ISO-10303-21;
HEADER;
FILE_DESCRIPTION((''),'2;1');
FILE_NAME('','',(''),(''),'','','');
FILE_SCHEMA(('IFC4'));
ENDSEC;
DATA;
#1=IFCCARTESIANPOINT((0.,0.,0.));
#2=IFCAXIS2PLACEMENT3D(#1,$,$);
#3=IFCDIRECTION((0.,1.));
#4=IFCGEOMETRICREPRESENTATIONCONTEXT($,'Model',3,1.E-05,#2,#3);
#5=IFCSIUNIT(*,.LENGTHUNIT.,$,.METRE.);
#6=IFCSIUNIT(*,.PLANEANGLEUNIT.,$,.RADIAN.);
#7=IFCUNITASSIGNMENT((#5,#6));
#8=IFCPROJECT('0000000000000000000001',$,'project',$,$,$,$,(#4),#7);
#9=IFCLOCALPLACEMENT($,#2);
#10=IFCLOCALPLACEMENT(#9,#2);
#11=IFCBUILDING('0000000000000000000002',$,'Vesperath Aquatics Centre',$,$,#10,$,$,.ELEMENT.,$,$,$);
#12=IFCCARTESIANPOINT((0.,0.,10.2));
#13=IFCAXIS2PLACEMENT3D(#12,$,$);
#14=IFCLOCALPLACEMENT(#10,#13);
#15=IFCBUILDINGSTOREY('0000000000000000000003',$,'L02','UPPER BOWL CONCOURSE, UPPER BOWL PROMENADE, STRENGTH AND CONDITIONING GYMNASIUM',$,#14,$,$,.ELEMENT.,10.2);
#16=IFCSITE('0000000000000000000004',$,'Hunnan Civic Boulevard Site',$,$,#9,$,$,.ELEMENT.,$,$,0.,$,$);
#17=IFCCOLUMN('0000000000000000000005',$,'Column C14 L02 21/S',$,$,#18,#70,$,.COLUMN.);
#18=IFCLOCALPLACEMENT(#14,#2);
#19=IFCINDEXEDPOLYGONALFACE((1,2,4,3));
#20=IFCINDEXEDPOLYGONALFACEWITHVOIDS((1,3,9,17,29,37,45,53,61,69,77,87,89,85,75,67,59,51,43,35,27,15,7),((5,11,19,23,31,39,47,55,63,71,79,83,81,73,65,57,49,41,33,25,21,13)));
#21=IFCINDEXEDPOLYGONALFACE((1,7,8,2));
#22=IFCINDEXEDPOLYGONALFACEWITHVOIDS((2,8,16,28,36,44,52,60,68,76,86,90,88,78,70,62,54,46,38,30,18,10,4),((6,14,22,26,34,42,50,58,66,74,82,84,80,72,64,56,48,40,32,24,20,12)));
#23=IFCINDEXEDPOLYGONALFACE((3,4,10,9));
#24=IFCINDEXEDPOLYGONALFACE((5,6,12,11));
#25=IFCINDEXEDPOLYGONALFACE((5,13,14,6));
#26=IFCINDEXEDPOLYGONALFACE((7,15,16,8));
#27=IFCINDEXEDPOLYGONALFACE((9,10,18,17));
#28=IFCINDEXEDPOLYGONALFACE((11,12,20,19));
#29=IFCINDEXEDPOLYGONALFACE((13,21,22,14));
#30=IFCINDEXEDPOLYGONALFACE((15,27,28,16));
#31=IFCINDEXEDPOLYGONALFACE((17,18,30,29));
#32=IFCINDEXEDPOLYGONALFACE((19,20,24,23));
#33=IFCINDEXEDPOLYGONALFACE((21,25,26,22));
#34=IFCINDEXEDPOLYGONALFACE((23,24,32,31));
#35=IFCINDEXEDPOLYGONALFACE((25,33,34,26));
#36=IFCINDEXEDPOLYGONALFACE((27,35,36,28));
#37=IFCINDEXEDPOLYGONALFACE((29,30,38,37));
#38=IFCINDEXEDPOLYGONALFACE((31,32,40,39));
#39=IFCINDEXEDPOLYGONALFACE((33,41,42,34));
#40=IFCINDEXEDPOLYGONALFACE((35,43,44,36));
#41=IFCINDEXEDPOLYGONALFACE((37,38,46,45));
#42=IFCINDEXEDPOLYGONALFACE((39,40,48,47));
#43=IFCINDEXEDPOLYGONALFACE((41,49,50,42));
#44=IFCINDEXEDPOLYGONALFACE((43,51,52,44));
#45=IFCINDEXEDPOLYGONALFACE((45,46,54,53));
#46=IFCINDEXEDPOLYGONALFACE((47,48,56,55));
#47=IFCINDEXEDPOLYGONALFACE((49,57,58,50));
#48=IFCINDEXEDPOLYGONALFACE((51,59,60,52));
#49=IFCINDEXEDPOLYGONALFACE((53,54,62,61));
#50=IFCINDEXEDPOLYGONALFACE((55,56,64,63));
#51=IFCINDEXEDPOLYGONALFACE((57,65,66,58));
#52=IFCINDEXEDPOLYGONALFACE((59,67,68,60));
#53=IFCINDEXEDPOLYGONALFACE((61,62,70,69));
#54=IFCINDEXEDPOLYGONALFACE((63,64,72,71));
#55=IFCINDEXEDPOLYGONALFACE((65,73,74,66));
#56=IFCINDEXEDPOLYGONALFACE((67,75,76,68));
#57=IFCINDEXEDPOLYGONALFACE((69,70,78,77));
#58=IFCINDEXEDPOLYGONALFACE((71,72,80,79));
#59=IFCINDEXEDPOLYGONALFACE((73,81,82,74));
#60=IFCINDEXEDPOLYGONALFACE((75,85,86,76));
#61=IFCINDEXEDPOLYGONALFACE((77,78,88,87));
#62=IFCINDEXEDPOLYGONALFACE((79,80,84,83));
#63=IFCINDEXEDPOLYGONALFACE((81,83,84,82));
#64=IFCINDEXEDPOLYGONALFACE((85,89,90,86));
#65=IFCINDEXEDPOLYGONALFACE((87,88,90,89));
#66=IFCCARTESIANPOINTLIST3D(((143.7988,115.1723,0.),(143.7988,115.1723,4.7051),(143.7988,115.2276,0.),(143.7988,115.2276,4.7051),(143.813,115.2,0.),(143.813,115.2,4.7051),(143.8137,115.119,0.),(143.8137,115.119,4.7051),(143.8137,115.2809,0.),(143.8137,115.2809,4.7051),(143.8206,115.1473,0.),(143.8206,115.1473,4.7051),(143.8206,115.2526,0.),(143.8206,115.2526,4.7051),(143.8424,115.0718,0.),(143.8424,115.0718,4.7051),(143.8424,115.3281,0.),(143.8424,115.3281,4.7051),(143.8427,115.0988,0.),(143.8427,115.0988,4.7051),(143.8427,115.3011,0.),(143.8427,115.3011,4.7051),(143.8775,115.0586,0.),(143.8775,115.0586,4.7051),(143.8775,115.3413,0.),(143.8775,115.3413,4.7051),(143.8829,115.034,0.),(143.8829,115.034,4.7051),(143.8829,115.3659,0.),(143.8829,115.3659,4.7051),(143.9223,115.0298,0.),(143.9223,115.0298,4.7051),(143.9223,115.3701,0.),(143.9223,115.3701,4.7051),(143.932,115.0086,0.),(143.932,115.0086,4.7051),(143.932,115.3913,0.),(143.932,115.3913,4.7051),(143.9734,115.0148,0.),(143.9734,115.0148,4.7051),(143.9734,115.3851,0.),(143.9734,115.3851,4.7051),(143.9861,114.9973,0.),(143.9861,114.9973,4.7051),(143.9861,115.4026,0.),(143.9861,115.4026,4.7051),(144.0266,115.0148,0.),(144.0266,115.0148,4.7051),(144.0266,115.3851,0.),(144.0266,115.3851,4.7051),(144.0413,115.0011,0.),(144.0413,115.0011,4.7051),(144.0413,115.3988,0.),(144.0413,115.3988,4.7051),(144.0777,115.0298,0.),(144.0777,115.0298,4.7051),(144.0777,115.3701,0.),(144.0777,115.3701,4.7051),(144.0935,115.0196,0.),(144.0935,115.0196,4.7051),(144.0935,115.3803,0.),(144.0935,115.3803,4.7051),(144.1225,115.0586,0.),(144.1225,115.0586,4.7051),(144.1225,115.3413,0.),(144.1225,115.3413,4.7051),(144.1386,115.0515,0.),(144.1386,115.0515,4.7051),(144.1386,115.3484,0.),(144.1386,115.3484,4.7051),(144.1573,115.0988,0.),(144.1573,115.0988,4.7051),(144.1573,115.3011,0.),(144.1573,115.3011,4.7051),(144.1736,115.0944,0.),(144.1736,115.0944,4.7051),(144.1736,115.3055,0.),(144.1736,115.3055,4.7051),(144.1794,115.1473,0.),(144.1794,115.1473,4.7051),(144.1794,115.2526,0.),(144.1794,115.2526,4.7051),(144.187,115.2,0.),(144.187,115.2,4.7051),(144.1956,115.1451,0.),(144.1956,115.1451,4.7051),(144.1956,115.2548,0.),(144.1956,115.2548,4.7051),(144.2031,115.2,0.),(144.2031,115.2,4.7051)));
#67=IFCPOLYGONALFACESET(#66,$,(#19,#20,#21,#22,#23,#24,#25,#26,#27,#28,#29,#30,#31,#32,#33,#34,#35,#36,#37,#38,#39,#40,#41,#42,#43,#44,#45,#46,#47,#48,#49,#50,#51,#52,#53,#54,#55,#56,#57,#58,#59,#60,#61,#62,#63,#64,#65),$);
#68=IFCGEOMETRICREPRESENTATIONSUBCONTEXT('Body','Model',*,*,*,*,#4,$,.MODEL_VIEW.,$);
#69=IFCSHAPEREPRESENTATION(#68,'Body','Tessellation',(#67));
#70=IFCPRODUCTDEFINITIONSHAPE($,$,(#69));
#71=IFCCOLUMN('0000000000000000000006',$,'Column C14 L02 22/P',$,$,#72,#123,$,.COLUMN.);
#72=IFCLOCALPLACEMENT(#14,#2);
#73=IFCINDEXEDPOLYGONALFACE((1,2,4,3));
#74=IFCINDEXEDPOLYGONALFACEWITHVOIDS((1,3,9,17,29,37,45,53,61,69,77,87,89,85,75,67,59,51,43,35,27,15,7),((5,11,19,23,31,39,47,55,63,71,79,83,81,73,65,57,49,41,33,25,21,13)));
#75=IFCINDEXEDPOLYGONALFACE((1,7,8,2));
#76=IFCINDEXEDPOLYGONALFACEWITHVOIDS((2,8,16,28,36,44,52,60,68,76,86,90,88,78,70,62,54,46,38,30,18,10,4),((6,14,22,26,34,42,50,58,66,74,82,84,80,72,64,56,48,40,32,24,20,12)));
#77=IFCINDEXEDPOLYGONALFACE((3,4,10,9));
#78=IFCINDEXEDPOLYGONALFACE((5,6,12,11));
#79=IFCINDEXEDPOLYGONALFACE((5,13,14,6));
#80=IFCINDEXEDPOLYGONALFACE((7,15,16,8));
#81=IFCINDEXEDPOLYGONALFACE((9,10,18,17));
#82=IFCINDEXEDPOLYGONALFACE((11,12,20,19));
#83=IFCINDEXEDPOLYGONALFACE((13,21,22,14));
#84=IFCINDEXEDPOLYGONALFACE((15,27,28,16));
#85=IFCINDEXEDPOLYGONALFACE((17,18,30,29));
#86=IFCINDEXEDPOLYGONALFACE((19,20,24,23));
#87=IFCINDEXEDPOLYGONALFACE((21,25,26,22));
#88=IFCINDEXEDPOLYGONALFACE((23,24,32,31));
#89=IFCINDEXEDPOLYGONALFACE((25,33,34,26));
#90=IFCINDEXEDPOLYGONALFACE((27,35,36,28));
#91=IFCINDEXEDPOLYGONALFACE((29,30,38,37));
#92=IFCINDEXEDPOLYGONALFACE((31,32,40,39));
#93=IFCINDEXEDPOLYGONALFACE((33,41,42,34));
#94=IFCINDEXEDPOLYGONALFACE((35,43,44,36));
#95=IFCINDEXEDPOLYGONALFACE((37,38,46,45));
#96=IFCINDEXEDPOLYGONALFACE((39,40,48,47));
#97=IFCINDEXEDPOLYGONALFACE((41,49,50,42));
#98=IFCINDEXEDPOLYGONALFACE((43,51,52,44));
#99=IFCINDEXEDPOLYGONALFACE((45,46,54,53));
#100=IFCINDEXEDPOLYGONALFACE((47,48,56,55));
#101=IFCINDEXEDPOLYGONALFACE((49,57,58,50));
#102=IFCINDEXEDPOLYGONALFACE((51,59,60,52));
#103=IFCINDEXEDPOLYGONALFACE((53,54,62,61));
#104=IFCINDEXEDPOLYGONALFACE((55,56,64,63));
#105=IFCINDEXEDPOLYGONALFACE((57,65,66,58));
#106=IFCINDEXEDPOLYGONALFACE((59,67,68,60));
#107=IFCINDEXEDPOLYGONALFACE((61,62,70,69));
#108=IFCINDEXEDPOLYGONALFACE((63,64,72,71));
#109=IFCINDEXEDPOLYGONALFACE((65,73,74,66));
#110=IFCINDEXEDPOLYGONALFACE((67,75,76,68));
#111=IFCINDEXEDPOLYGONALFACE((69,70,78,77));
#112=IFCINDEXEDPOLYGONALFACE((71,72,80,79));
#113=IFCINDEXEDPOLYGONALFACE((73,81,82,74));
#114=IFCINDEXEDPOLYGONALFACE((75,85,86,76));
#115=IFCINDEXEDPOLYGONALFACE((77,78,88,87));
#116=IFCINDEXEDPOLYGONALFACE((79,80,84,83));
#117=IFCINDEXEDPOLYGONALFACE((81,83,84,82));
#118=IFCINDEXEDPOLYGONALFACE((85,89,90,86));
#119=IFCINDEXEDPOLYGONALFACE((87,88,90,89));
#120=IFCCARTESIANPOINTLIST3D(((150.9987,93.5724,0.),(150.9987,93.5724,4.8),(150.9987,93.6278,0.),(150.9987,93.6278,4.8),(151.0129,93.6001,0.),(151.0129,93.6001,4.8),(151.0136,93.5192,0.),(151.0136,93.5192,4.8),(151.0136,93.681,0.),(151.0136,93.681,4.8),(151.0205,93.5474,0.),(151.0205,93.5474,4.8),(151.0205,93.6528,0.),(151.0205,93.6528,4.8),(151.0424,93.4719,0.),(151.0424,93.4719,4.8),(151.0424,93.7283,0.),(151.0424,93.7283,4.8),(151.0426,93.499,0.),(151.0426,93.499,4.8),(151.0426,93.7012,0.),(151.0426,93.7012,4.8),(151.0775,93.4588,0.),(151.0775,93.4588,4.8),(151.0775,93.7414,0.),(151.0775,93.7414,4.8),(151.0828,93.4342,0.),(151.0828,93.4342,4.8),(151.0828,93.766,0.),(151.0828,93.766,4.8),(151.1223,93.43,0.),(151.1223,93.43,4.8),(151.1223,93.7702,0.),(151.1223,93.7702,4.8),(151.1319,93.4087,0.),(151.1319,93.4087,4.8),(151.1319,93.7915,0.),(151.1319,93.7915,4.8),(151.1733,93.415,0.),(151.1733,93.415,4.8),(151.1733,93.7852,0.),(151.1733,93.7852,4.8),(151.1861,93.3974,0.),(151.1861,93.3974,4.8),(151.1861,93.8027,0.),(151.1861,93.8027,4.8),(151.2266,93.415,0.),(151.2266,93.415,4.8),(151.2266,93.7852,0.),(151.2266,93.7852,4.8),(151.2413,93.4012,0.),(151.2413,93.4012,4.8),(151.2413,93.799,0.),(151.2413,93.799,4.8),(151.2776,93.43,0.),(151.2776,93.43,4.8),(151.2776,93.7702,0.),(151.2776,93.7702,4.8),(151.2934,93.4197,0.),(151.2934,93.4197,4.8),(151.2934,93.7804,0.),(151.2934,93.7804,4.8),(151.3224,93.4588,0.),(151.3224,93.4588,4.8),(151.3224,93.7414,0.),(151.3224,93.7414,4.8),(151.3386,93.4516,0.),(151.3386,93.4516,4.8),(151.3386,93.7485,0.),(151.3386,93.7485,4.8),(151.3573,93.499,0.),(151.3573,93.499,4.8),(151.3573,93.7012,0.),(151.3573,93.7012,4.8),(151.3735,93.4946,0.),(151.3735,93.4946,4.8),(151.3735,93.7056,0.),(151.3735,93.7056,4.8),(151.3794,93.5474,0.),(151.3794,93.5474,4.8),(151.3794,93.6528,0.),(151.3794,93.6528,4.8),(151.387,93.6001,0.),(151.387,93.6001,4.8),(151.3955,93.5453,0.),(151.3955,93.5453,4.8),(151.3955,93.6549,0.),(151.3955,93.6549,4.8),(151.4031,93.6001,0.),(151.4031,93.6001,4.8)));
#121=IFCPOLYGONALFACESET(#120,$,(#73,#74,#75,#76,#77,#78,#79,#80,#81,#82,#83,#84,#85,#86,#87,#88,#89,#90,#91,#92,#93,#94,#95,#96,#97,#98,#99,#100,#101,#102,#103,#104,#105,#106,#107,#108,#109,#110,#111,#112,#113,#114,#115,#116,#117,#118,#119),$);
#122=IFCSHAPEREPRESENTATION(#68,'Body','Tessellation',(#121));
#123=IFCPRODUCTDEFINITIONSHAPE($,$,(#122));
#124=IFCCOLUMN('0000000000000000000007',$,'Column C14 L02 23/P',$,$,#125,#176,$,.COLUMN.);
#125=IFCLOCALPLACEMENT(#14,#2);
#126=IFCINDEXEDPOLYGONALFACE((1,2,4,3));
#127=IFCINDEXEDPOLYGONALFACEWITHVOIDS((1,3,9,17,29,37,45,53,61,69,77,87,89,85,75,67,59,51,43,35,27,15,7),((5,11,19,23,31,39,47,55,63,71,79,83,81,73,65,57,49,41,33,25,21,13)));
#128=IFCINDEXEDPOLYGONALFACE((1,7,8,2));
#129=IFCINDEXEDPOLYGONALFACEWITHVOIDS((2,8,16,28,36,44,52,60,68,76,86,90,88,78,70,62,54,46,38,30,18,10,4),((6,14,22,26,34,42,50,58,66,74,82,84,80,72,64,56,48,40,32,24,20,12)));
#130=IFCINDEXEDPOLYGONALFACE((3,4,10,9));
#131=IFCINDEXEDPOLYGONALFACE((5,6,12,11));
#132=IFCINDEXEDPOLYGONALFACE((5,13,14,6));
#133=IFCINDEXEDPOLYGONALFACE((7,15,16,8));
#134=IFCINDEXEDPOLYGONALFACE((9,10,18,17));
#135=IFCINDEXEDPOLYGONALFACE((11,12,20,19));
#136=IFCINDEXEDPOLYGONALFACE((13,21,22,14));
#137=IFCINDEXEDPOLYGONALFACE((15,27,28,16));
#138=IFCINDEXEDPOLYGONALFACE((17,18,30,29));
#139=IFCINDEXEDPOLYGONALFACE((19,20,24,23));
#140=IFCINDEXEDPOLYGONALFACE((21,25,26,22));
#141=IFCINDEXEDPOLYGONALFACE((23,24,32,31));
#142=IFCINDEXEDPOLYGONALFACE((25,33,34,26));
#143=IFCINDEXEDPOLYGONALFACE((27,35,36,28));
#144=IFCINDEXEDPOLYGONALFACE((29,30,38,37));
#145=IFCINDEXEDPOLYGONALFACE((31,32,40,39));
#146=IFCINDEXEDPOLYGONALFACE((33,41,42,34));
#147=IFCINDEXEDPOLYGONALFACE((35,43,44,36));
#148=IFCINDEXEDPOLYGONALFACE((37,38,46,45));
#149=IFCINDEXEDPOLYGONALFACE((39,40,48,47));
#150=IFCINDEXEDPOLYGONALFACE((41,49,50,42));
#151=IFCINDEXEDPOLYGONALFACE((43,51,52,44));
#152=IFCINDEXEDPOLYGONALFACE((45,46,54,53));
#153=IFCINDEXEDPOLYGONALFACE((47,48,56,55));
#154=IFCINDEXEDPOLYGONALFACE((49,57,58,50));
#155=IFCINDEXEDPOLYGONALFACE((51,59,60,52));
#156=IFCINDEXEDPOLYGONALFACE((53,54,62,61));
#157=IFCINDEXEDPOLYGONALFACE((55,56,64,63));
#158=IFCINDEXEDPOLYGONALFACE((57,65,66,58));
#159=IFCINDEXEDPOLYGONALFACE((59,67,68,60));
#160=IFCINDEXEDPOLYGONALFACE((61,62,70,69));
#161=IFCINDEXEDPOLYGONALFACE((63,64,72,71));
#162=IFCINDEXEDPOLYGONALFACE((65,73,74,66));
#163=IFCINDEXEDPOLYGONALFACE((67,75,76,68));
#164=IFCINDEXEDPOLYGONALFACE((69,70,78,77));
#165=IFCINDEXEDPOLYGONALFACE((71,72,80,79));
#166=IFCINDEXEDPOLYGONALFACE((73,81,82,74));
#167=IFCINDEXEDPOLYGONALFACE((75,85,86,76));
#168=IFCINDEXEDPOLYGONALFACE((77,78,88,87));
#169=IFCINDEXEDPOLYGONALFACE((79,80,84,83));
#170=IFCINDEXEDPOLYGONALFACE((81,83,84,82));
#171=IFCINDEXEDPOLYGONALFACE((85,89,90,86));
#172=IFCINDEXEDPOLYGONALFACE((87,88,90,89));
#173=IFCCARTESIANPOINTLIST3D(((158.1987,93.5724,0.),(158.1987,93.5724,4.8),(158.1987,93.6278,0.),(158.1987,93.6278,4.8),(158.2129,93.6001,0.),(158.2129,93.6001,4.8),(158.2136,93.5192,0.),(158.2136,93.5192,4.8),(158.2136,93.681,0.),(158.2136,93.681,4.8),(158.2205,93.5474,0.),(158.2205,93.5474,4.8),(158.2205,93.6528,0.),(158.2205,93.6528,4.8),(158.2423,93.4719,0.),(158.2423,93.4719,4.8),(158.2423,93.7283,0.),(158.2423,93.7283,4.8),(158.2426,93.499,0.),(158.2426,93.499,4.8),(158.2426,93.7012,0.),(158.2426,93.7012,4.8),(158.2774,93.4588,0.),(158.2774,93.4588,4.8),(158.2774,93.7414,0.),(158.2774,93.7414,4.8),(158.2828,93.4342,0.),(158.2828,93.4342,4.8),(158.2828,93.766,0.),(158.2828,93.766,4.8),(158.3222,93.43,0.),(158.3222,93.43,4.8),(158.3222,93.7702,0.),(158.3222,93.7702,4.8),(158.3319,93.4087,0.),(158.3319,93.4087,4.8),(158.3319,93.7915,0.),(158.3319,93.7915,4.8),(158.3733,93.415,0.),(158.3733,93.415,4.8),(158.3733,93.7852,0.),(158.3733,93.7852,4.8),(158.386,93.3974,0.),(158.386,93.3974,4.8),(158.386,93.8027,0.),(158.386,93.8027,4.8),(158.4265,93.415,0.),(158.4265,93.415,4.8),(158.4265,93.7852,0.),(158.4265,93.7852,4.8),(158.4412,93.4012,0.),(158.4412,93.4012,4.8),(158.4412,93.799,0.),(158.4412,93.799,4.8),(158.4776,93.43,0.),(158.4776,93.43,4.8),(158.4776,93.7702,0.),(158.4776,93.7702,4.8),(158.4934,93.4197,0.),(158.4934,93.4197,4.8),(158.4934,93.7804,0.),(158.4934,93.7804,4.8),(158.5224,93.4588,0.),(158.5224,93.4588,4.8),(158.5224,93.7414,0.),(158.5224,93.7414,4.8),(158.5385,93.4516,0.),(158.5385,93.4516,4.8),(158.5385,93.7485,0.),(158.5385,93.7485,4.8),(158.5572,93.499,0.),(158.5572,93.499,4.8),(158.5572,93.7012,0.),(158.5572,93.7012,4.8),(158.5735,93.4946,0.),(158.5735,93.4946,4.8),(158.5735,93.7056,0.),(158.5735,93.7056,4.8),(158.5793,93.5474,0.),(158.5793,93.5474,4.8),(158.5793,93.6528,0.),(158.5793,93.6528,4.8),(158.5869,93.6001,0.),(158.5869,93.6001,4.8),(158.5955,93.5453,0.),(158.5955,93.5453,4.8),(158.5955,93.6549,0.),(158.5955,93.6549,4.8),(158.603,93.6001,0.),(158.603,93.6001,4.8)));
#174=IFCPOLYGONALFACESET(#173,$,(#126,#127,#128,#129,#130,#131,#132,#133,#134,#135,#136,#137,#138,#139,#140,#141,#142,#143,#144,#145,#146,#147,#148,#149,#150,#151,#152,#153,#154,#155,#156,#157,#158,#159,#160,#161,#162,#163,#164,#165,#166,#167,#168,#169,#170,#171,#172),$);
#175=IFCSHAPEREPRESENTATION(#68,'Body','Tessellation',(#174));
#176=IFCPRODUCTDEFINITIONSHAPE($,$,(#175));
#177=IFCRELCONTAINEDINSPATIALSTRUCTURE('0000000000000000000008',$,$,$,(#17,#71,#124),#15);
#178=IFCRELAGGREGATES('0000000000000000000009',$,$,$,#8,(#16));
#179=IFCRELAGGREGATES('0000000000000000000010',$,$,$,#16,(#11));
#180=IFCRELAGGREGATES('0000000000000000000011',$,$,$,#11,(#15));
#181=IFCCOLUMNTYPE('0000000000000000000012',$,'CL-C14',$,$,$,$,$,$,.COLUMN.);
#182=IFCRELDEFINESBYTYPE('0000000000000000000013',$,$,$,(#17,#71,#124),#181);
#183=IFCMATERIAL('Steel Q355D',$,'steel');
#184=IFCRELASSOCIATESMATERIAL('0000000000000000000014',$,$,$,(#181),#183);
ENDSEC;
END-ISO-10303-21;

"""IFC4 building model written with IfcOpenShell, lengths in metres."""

from ifc_helpers import new_model, si_unit, direction, frame, origin, origin_2d, place, context, subcontext, project, spatial, hollow_circle, extrude, material, material_profile, profile_set, type_object, element, save


model = new_model("IFC4")

# Units and contexts
model_context = context("Model", 3, precision=1e-05, world=origin(), true_north=direction((0.0, 1.0)))
body_context = subcontext(model_context, "Body", "Model", "MODEL_VIEW")
ifc_project = project(units=[si_unit("LENGTHUNIT", "METRE"), si_unit("PLANEANGLEUNIT", "RADIAN")], contexts=[model_context])

# Site, building, storey
site_placement = place(None, origin())
site = spatial("IfcSite", under=ifc_project, at=site_placement, Name="Hunnan Civic Boulevard Site", CompositionType="ELEMENT", RefElevation=0.0)
building_placement = place(site_placement, origin())
building = spatial("IfcBuilding", under=site, at=building_placement, Name="Vesperath Aquatics Centre", CompositionType="ELEMENT")
storey_placement = place(building_placement, frame((0.0, 0.0, 10.2)))
storey = spatial("IfcBuildingStorey", under=building, at=storey_placement, Name="L02", Description="UPPER BOWL CONCOURSE, UPPER BOWL PROMENADE, STRENGTH AND CONDITIONING GYMNASIUM", CompositionType="ELEMENT", Elevation=10.2)

# Columns
ifc_material_1 = material(Name="Steel Q355D", Category="steel")
ifc_material_profile_1 = material_profile(ifc_material_1, hollow_circle(Radius=0.2031, WallThickness=0.0161, at=origin_2d()), Name="CHS 406.4x16")
ifc_profile_set_1 = profile_set([ifc_material_profile_1], Name="Steel Q355D")
column_type = type_object("IfcColumnType", Name="CL-C14", PredefinedType="COLUMN", material=ifc_profile_set_1)
column_placement = place(storey_placement, frame((144.0, 115.2, 0.0), z_axis=(0.0, 0.0, 1.0), x_axis=(1.0, 0.0, 0.0)))
element("IfcColumn", 1, at=column_placement, inside=storey, type_object=column_type, Name="Column C14 L02 21/S", PredefinedType="COLUMN", context=body_context, shape_type="SweptSolid", body=[
    extrude(hollow_circle(Radius=0.2031, WallThickness=0.0161, at=origin_2d()), origin(), (0.0, 0.0, 1.0), 4.7051),
])
for number, where, z_axis, x_axis, name in (
    (2, (151.2, 93.6001, 0.0), (0.0, 0.0, 1.0), (1.0, 0.0, 0.0), "Column C14 L02 22/P"),
    (3, (158.3999, 93.6001, 0.0), (0.0, 0.0, 1.0), (1.0, 0.0, 0.0), "Column C14 L02 23/P"),
):
    element("IfcColumn", number, at=place(storey_placement, frame(where, z_axis=z_axis, x_axis=x_axis)), inside=storey, type_object=column_type, Name=name, PredefinedType="COLUMN", context=body_context, shape_type="SweptSolid", body=[
        extrude(hollow_circle(Radius=0.2031, WallThickness=0.0161, at=origin_2d()), origin(), (0.0, 0.0, 1.0), 4.8),
    ])

save(model, "model.ifc")
